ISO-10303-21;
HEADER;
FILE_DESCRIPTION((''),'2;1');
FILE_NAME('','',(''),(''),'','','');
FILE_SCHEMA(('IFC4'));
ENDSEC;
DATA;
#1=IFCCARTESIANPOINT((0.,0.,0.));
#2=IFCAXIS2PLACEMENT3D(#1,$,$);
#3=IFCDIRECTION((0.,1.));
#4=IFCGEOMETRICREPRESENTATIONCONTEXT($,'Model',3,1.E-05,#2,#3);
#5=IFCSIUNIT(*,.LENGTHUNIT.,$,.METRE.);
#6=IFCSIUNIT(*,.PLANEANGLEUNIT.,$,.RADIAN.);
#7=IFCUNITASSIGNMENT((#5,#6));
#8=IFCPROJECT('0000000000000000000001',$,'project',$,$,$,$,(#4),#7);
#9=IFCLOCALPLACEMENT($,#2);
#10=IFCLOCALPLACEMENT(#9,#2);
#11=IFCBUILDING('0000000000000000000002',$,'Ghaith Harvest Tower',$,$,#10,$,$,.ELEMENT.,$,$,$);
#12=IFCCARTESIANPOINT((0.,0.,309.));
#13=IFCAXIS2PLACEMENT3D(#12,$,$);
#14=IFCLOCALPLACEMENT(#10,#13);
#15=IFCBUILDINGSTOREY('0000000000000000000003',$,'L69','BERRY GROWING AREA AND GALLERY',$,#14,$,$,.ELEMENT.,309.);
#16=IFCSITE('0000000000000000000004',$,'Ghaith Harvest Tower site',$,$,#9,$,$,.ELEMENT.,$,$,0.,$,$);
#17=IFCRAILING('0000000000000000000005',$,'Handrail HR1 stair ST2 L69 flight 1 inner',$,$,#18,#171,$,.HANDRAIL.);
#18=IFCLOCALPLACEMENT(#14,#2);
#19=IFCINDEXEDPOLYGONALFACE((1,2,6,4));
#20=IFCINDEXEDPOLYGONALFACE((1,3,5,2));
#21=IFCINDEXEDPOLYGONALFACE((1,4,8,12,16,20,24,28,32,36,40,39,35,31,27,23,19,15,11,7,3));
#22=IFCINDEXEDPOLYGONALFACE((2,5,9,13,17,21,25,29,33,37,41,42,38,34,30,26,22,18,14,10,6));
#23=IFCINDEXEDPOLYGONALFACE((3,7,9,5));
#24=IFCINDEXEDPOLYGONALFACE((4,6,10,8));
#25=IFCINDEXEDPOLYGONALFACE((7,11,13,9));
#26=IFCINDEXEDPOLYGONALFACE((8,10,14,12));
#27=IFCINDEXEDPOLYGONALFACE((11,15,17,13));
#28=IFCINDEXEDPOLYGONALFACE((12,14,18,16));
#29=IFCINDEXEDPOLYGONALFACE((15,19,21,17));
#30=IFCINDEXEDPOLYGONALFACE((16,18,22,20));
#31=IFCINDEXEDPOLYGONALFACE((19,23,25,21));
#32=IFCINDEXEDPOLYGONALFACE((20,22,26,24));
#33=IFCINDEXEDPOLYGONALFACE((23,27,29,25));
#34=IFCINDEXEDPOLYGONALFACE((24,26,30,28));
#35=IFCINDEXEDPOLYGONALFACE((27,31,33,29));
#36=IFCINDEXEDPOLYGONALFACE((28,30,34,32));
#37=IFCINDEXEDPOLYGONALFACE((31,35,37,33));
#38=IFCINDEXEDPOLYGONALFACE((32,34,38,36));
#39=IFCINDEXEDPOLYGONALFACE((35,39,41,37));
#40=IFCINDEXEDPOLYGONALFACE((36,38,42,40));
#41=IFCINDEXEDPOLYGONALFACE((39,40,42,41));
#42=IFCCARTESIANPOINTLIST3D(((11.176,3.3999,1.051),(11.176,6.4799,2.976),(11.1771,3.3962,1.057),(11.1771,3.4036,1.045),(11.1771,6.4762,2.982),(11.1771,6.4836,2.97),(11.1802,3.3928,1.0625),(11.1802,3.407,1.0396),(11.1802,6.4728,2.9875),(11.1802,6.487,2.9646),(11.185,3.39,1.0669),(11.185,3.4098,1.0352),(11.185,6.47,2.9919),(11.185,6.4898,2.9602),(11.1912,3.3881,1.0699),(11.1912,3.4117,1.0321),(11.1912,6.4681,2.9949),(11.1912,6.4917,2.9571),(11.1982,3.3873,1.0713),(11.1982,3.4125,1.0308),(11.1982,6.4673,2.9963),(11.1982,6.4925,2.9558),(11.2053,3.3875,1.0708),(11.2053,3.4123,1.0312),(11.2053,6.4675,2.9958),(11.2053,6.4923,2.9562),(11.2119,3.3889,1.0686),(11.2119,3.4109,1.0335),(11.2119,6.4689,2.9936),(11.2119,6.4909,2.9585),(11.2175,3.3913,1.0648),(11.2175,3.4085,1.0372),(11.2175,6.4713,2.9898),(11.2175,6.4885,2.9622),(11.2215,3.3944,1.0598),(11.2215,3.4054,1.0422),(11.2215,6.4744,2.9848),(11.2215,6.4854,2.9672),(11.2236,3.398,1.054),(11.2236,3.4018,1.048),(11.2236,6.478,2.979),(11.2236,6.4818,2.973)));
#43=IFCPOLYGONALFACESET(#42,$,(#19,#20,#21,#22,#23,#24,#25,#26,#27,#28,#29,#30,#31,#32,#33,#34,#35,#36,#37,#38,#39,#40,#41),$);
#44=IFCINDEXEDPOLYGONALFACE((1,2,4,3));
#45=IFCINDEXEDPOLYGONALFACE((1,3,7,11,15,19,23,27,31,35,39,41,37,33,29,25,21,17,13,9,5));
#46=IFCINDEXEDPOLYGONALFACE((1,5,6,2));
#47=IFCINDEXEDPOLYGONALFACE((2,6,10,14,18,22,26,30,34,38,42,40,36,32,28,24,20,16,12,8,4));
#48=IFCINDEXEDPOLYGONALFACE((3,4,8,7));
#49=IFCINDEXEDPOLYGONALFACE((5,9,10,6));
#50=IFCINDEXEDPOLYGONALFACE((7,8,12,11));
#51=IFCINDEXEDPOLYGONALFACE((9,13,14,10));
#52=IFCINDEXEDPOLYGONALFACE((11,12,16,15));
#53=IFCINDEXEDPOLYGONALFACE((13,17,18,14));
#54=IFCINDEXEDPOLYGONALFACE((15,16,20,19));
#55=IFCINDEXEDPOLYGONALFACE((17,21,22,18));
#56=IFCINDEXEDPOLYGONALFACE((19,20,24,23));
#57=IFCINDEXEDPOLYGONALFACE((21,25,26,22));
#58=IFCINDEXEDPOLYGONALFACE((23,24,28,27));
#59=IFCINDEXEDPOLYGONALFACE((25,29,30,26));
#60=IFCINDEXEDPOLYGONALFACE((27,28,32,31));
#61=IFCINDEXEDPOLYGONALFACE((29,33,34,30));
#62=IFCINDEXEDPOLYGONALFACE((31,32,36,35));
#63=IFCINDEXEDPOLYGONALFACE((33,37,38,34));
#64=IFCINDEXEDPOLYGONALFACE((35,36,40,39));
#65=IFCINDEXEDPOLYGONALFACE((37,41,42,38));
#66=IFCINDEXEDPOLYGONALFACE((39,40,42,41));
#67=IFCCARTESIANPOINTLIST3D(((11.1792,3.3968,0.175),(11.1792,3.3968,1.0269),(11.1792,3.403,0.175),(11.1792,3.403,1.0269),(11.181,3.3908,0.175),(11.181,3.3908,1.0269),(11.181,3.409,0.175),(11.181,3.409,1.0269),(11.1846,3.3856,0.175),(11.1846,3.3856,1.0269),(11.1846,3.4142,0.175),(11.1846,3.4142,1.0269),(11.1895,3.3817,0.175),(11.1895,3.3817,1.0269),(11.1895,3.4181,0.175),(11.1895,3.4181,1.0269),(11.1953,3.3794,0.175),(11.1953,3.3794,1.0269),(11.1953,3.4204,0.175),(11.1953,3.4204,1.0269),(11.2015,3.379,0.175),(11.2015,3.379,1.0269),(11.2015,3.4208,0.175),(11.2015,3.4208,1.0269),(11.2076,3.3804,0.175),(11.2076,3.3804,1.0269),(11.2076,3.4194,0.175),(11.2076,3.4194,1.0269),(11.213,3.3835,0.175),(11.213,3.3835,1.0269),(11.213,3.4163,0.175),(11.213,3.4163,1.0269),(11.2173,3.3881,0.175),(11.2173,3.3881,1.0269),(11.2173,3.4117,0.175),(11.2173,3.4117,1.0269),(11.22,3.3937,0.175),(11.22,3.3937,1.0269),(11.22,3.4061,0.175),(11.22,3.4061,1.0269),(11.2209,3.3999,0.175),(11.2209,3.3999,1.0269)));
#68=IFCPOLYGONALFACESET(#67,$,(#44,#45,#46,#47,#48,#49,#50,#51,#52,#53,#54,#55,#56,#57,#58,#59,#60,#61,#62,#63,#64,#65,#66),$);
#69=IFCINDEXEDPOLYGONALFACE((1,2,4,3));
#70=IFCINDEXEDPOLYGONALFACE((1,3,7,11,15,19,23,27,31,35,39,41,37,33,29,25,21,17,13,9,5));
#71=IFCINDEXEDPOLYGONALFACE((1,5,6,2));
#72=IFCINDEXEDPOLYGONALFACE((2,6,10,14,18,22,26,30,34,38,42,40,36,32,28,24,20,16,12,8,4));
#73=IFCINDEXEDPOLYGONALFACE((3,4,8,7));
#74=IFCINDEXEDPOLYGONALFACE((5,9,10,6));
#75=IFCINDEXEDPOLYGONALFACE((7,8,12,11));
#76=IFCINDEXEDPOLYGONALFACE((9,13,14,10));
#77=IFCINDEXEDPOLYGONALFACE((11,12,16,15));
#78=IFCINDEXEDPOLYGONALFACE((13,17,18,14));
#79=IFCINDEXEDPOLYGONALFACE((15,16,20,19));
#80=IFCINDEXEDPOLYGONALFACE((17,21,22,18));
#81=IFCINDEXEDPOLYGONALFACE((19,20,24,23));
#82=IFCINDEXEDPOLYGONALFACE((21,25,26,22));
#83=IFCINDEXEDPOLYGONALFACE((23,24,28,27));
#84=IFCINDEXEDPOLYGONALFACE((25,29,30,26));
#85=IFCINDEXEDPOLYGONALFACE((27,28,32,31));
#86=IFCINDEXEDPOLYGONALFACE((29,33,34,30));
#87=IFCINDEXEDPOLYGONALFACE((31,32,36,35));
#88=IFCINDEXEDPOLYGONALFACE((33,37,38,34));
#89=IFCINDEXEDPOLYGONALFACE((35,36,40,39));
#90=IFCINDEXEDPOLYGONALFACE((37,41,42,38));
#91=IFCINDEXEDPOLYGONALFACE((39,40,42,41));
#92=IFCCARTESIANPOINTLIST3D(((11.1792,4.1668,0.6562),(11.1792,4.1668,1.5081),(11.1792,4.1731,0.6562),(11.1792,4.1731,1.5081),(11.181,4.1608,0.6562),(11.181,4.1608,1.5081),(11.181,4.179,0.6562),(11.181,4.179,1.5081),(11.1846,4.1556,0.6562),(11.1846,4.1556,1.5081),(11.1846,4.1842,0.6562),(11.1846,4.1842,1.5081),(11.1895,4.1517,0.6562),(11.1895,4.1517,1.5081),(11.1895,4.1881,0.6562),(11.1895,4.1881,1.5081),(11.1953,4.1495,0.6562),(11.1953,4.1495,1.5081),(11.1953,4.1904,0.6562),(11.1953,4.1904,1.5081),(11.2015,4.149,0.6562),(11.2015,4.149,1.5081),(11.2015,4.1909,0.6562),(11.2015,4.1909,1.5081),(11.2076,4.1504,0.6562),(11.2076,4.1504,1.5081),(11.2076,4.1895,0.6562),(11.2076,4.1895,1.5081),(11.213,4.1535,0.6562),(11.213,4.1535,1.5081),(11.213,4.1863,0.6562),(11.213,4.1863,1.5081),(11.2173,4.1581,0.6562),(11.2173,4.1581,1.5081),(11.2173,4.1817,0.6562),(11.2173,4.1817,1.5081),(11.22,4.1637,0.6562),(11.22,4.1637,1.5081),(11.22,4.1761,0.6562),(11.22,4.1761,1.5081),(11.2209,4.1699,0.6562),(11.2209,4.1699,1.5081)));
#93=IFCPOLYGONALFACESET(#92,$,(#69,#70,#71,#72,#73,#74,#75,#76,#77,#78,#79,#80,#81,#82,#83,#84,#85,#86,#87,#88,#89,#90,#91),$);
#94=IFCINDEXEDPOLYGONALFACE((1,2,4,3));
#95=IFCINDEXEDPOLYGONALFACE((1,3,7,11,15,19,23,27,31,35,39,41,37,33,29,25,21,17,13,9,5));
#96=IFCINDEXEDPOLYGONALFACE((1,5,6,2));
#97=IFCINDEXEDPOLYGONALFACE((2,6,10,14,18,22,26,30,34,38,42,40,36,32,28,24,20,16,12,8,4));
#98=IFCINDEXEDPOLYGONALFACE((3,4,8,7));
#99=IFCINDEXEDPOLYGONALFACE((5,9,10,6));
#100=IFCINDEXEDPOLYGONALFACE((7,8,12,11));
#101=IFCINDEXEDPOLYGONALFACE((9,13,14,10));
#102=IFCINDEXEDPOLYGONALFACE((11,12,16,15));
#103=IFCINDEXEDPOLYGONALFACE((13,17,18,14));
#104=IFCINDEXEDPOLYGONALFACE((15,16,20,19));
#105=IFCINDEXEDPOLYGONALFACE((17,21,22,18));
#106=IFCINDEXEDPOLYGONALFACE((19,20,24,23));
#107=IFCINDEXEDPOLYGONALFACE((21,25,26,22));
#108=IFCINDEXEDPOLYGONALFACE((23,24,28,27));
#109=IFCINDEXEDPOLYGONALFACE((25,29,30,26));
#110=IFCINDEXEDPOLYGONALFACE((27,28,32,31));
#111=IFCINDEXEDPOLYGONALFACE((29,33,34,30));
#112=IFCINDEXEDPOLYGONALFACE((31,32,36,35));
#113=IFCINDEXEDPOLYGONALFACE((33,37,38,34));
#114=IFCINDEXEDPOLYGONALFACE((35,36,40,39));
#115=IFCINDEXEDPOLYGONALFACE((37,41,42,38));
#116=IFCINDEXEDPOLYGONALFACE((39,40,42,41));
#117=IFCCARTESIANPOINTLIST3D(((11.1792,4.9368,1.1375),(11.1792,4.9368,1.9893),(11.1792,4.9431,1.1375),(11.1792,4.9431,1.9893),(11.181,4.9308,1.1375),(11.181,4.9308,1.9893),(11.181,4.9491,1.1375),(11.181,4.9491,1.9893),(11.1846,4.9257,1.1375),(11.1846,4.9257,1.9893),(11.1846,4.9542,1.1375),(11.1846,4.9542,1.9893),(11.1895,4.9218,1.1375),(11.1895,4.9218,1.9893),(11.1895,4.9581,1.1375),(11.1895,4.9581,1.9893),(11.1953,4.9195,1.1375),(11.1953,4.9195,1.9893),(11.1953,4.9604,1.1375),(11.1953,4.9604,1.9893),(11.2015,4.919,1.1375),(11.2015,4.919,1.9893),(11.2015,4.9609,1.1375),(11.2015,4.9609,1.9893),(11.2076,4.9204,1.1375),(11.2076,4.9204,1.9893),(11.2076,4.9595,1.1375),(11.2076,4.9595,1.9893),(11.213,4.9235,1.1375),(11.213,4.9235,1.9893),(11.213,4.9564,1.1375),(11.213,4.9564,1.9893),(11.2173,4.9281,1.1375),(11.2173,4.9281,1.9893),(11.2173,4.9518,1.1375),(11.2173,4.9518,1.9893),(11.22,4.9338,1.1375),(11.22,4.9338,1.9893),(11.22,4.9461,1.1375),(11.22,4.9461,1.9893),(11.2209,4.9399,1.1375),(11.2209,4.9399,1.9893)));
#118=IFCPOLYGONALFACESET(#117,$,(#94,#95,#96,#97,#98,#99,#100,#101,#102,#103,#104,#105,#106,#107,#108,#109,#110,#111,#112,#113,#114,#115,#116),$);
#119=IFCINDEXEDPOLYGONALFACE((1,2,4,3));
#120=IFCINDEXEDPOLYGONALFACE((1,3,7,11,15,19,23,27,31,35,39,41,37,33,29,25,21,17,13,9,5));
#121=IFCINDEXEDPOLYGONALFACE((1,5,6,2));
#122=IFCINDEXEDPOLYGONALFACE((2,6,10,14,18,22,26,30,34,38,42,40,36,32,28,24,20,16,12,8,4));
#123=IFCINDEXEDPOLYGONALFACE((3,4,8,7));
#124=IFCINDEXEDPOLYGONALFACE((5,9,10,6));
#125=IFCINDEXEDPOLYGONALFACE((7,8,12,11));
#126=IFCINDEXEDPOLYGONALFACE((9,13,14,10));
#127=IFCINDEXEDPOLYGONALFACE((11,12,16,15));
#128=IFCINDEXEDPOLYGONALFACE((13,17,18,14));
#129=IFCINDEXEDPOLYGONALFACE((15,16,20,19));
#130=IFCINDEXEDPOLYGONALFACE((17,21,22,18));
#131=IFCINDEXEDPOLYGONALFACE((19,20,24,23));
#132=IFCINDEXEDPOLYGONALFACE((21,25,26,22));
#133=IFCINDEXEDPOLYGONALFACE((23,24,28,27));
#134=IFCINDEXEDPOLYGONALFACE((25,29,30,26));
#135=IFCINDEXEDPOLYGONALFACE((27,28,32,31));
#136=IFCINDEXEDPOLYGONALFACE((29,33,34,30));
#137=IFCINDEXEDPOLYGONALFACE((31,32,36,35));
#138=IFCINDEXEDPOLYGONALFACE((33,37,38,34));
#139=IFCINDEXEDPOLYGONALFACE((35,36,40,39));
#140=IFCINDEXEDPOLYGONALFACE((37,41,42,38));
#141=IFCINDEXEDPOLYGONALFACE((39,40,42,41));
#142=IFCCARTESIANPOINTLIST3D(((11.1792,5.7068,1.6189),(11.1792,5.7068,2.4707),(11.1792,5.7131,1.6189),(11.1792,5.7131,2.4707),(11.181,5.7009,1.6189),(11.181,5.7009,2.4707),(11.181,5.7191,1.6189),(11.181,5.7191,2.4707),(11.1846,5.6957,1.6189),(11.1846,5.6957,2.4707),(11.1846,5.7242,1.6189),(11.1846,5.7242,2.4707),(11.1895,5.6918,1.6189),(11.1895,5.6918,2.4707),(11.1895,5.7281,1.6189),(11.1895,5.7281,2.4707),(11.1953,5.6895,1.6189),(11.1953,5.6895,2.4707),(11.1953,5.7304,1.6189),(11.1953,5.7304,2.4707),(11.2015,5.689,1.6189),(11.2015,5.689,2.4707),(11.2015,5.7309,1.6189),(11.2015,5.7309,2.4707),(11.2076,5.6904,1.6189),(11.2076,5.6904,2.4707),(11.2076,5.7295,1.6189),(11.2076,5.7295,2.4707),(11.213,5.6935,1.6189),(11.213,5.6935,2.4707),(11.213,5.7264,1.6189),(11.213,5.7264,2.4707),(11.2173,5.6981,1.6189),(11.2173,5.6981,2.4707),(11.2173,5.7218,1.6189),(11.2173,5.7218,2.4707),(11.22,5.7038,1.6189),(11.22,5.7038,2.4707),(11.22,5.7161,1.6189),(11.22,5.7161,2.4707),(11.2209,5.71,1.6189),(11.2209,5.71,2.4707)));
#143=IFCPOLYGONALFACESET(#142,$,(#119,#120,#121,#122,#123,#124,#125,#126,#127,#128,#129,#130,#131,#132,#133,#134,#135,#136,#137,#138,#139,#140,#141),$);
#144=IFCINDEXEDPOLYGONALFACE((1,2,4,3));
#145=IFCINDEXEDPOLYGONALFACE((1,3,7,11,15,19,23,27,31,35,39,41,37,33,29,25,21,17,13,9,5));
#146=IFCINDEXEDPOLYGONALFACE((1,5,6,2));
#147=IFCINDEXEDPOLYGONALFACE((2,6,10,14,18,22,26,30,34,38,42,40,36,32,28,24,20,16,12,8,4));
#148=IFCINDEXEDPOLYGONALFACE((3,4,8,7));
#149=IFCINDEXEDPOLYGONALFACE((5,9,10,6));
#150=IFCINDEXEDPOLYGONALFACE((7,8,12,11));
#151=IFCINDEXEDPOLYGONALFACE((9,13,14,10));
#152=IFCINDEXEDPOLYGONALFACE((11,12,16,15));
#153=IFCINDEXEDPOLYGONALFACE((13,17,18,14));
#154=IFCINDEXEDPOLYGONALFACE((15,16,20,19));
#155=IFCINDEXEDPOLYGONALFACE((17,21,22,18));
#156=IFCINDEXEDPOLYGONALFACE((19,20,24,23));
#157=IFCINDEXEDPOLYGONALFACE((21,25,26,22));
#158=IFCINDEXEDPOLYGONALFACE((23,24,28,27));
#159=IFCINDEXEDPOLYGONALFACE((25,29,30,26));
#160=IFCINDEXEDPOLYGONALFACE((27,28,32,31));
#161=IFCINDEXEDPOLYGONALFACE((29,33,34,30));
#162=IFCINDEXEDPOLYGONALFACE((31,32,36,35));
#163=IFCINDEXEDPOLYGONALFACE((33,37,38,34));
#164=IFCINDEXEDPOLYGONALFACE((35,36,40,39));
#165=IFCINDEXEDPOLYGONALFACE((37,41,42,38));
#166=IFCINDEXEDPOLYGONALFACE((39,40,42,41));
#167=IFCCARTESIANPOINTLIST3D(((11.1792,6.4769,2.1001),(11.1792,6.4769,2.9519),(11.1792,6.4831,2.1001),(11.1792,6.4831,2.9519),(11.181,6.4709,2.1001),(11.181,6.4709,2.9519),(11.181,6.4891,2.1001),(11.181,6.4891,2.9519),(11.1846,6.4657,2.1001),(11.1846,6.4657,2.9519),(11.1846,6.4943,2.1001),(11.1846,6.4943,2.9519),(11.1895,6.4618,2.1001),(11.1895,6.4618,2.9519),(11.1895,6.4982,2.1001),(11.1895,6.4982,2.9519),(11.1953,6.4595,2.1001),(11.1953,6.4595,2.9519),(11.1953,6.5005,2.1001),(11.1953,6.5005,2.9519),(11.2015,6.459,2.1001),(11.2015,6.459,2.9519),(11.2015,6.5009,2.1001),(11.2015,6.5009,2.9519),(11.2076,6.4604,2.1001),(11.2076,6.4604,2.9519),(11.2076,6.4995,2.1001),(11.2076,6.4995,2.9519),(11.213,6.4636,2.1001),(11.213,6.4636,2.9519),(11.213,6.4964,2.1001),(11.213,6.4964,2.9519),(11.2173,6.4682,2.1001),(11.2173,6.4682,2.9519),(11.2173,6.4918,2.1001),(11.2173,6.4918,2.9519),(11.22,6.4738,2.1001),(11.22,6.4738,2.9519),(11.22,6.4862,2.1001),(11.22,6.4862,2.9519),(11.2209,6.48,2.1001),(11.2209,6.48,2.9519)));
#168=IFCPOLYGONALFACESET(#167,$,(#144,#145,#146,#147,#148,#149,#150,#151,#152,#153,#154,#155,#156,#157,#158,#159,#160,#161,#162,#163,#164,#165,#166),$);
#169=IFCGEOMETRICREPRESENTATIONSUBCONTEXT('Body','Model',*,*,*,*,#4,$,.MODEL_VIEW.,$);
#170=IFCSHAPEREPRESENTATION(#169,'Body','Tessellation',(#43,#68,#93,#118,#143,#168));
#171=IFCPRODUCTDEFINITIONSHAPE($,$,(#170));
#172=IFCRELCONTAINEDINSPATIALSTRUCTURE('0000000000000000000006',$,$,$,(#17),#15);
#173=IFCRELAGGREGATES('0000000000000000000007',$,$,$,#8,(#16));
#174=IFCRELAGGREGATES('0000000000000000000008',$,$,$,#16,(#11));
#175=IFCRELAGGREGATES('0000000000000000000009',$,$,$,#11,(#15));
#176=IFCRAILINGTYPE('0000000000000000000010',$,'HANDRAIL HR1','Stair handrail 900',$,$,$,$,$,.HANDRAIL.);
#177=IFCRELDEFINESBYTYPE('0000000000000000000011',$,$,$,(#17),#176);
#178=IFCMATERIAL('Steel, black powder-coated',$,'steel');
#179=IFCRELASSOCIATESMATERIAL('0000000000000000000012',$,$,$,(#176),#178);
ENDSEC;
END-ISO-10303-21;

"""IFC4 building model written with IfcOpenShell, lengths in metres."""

from ifc_helpers import new_model, si_unit, direction, frame, origin, origin_2d, place, context, subcontext, project, spatial, circle, extrude, material, type_object, element, save


model = new_model("IFC4")

# Units and contexts
model_context = context("Model", 3, precision=1e-05, world=origin(), true_north=direction((0.0, 1.0)))
body_context = subcontext(model_context, "Body", "Model", "MODEL_VIEW")
ifc_project = project(units=[si_unit("LENGTHUNIT", "METRE"), si_unit("PLANEANGLEUNIT", "RADIAN")], contexts=[model_context])

# Site, building, storey
site_placement = place(None, origin())
site = spatial("IfcSite", under=ifc_project, at=site_placement, Name="Ghaith Harvest Tower site", CompositionType="ELEMENT", RefElevation=0.0)
building_placement = place(site_placement, origin())
building = spatial("IfcBuilding", under=site, at=building_placement, Name="Ghaith Harvest Tower", CompositionType="ELEMENT")
storey_placement = place(building_placement, frame((0.0, 0.0, 309.0)))
storey = spatial("IfcBuildingStorey", under=building, at=storey_placement, Name="L69", Description="BERRY GROWING AREA AND GALLERY", CompositionType="ELEMENT", Elevation=309.0)

# Railing
ifc_material_1 = material(Name="Steel, black powder-coated", Category="steel")
railing_type = type_object("IfcRailingType", Name="HANDRAIL HR1", Description="Stair handrail 900", PredefinedType="HANDRAIL", material=ifc_material_1)
railing_1_placement = place(storey_placement, frame((11.2, 3.3999, 0.175)))
element("IfcRailing", 1, at=railing_1_placement, inside=storey, type_object=railing_type, Name="Handrail HR1 stair ST2 L69 flight 1 inner", PredefinedType="HANDRAIL", context=body_context, shape_type="SweptSolid", body=[
    extrude(circle(Radius=0.0239, at=origin_2d()), frame((0.0, 0.0, 0.876), z_axis=(0.0, 0.847998, 0.529999), x_axis=(-1.0, 0.0, 0.0)), (0.0, 0.0, 1.0), 3.6321),
    extrude(circle(Radius=0.021, at=origin_2d()), origin(), (0.0, 0.0, 1.0), 0.8518),
    extrude(circle(Radius=0.021, at=origin_2d()), frame((0.0, 0.77, 0.4812)), (0.0, 0.0, 1.0), 0.8518),
    extrude(circle(Radius=0.021, at=origin_2d()), frame((0.0, 1.54, 0.9624)), (0.0, 0.0, 1.0), 0.8518),
    extrude(circle(Radius=0.021, at=origin_2d()), frame((0.0, 2.3101, 1.4438)), (0.0, 0.0, 1.0), 0.8518),
    extrude(circle(Radius=0.021, at=origin_2d()), frame((0.0, 3.0801, 1.925)), (0.0, 0.0, 1.0), 0.8518),
])

save(model, "model.ifc")
